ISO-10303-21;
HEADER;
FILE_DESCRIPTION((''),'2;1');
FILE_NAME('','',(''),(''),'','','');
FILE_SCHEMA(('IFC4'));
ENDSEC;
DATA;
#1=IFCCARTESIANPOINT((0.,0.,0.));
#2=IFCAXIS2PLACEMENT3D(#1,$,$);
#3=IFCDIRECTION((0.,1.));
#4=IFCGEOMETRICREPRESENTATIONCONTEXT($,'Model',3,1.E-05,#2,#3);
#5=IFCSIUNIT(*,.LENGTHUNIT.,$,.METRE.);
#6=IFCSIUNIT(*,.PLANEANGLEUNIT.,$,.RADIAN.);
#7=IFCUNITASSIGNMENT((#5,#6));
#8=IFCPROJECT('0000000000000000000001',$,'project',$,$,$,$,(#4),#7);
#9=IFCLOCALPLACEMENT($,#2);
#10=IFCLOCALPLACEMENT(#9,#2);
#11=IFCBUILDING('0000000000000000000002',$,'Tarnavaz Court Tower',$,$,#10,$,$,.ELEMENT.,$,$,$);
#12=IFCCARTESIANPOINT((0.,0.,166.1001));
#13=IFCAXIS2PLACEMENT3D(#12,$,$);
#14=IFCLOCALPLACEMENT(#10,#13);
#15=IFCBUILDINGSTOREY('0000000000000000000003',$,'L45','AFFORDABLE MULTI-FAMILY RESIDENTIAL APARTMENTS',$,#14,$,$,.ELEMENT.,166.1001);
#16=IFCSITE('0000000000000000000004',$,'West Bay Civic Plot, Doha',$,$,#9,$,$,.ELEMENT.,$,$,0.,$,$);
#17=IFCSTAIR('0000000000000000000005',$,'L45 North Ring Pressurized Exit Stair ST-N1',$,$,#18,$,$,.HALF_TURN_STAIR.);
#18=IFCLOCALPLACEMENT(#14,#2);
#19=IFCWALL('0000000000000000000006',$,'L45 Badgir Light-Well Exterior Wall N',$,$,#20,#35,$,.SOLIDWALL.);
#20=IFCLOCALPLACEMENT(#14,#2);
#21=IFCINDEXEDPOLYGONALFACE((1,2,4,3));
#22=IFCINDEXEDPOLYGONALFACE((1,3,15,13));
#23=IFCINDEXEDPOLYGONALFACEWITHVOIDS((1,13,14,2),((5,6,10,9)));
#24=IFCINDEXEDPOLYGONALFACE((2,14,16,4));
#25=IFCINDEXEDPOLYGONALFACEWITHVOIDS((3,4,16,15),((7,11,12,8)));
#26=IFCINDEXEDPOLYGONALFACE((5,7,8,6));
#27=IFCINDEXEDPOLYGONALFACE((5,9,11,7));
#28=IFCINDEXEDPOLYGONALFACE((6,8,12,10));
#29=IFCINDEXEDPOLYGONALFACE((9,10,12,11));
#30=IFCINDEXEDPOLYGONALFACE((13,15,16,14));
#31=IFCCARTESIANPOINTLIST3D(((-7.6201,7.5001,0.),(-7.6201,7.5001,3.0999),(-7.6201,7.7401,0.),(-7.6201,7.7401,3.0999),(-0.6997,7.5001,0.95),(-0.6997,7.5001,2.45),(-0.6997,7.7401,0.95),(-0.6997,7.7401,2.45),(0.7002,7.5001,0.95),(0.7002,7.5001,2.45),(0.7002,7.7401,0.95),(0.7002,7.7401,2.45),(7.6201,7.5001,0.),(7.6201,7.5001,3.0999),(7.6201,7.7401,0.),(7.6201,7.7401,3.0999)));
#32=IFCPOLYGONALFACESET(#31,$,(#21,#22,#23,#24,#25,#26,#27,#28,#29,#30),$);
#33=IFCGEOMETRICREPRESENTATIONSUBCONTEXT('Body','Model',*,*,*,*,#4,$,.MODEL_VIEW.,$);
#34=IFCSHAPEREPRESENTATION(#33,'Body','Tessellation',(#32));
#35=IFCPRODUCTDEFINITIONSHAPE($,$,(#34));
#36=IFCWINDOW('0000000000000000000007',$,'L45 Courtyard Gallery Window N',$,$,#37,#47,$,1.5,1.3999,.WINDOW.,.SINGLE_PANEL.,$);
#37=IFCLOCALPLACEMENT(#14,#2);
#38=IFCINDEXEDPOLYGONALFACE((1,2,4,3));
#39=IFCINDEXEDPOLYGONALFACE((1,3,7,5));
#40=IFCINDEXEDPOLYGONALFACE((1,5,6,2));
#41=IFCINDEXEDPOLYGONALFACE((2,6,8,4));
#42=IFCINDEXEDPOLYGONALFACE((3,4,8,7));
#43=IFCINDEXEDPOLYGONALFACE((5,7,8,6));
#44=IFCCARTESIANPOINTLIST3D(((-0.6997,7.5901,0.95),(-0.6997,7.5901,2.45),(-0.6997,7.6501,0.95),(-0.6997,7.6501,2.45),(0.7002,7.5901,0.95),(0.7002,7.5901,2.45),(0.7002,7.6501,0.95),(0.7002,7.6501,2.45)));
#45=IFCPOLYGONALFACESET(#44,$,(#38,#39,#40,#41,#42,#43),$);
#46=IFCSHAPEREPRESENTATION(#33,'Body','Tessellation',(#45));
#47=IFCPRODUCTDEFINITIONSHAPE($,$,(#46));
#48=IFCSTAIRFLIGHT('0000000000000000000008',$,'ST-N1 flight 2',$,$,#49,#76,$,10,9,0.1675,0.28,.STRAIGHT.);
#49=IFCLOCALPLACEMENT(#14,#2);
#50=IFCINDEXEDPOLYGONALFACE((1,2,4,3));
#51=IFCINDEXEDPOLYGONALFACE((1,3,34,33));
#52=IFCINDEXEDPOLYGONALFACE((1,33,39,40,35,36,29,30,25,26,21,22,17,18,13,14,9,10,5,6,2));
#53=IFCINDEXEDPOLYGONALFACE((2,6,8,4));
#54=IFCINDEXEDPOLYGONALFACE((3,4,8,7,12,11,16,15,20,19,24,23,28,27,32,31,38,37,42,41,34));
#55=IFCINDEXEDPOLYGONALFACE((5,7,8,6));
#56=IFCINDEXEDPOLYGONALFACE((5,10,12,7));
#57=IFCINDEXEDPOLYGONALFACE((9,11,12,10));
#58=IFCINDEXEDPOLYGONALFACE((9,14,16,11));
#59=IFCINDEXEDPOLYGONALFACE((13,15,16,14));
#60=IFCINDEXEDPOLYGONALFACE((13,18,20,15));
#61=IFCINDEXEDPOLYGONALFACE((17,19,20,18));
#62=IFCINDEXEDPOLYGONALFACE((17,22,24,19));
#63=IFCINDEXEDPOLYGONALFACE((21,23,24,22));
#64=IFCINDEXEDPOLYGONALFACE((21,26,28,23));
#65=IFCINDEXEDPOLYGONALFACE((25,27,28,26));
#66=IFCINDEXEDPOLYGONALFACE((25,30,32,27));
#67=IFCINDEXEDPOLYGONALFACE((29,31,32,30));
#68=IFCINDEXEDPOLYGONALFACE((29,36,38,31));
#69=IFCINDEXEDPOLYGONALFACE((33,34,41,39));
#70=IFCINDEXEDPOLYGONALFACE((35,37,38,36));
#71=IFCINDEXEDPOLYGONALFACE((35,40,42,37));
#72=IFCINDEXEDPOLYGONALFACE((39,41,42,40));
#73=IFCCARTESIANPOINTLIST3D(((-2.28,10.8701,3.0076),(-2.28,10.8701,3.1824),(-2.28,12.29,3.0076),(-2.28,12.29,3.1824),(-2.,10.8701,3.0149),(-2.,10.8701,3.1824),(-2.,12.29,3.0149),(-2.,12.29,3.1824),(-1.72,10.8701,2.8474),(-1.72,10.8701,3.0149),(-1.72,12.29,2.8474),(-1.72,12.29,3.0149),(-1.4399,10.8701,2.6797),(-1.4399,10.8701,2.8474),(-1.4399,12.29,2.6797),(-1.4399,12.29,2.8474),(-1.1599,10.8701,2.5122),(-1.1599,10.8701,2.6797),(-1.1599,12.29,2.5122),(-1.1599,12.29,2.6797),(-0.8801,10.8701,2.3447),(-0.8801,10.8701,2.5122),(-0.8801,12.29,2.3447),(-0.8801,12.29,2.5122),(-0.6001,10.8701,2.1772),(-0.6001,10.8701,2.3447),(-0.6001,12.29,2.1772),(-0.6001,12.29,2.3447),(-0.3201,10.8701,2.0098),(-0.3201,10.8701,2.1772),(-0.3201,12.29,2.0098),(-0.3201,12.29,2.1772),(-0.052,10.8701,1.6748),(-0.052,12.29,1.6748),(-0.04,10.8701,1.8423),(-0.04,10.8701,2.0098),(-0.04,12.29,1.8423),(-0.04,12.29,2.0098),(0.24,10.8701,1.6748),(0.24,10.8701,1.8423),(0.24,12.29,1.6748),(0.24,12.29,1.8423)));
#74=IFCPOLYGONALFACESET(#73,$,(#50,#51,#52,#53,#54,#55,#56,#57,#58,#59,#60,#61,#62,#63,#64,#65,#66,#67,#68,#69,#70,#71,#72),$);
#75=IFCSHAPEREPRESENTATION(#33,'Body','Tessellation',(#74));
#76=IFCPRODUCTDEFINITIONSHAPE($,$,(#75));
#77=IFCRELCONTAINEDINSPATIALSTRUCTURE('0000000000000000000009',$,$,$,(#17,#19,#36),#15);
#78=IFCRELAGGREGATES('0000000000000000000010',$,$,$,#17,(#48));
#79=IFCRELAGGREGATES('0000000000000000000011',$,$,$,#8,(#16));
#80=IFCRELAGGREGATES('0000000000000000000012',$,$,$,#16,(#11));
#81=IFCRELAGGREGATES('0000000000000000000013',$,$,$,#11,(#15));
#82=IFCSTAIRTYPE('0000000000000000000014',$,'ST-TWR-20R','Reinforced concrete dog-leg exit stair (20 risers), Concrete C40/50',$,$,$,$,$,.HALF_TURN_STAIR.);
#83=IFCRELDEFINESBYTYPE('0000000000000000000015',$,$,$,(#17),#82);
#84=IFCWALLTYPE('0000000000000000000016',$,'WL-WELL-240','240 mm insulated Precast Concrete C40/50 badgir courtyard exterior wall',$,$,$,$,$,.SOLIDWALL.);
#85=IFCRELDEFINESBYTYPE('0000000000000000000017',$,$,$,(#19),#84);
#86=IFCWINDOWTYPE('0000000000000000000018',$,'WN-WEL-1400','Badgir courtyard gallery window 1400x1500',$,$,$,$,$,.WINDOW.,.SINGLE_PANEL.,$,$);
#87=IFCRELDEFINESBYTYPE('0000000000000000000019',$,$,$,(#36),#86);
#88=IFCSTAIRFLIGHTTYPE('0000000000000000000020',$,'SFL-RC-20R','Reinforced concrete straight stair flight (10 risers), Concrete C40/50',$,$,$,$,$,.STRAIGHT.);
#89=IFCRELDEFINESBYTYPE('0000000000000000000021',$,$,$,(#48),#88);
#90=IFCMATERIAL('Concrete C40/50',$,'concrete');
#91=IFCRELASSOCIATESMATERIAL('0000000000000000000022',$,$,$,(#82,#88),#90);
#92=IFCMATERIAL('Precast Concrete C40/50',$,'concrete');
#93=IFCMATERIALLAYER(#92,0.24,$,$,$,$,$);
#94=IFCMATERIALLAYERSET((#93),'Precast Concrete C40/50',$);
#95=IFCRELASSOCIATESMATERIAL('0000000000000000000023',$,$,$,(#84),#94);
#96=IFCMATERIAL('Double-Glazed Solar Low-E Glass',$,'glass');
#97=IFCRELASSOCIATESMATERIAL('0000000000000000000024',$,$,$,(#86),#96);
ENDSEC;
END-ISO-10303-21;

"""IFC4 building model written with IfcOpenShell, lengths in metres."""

from ifc_helpers import new_model, si_unit, direction, frame, frame_2d, origin, place, context, subcontext, project, spatial, polyline, rectangle, outline, extrude, material, layer, layer_set, type_object, element, fill, aggregate, save


model = new_model("IFC4")

# Units and contexts
model_context = context("Model", 3, precision=1e-05, world=origin(), true_north=direction((0.0, 1.0)))
body_context = subcontext(model_context, "Body", "Model", "MODEL_VIEW")
ifc_project = project(units=[si_unit("LENGTHUNIT", "METRE"), si_unit("PLANEANGLEUNIT", "RADIAN")], contexts=[model_context])

# Site, building, storey
site_placement = place(None, origin())
site = spatial("IfcSite", under=ifc_project, at=site_placement, Name="West Bay Civic Plot, Doha", CompositionType="ELEMENT", RefElevation=0.0)
building_placement = place(site_placement, origin())
building = spatial("IfcBuilding", under=site, at=building_placement, Name="Tarnavaz Court Tower", CompositionType="ELEMENT")
storey_placement = place(building_placement, frame((0.0, 0.0, 166.1001)))
storey = spatial("IfcBuildingStorey", under=building, at=storey_placement, Name="L45", Description="AFFORDABLE MULTI-FAMILY RESIDENTIAL APARTMENTS", CompositionType="ELEMENT", Elevation=166.1001)

# Stair
ifc_material_1 = material(Name="Concrete C40/50", Category="concrete")
stair_type = type_object("IfcStairType", Name="ST-TWR-20R", Description="Reinforced concrete dog-leg exit stair (20 risers), Concrete C40/50", PredefinedType="HALF_TURN_STAIR", material=ifc_material_1)
stair_1_placement = place(storey_placement, origin())
stair_1 = element("IfcStair", 1, at=stair_1_placement, inside=storey, type_object=stair_type, Name="L45 North Ring Pressurized Exit Stair ST-N1", PredefinedType="HALF_TURN_STAIR")

# Wall, opening, window
ifc_material_2 = material(Name="Precast Concrete C40/50", Category="concrete")
ifc_layer_1 = layer(ifc_material_2, 0.24)
ifc_layer_set_1 = layer_set([ifc_layer_1], Name="Precast Concrete C40/50")
wall_type_1 = type_object("IfcWallType", Name="WL-WELL-240", Description="240 mm insulated Precast Concrete C40/50 badgir courtyard exterior wall", PredefinedType="SOLIDWALL", material=ifc_layer_set_1)
wall_1_placement = place(storey_placement, frame((7.6201, 7.6201, 0.0), z_axis=(0.0, 0.0, 1.0), x_axis=(-1.0, 0.0, 0.0)))
wall_1 = element("IfcWall", 2, at=wall_1_placement, inside=storey, type_object=wall_type_1, Name="L45 Badgir Light-Well Exterior Wall N", PredefinedType="SOLIDWALL", context=body_context, shape_type="SweptSolid", body=[
    extrude(rectangle(XDim=15.2402, YDim=0.24, at=frame_2d((7.6201, 0.0))), origin(), (0.0, 0.0, 1.0), 3.0999),
])
opening_1_placement = place(wall_1_placement, frame((6.9199, 0.0, 0.95)))
opening_1 = element("IfcOpeningElement", 3, at=opening_1_placement, cuts=wall_1, PredefinedType="OPENING", context=body_context, shape_type="SweptSolid", body=[
    extrude(rectangle(XDim=1.3999, YDim=1.5, at=frame_2d((0.7, 0.75))), frame((0.0, 0.1299, 0.0), z_axis=(0.0, -1.0, 0.0), x_axis=(1.0, 0.0, 0.0)), (0.0, 0.0, 1.0), 0.26),
])
ifc_material_3 = material(Name="Double-Glazed Solar Low-E Glass", Category="glass")
window_type = type_object("IfcWindowType", Name="WN-WEL-1400", Description="Badgir courtyard gallery window 1400x1500", PartitioningType="SINGLE_PANEL", PredefinedType="WINDOW", material=ifc_material_3)
window_placement = place(opening_1_placement, origin())
window = element("IfcWindow", 4, at=window_placement, inside=storey, type_object=window_type, Name="L45 Courtyard Gallery Window N", OverallHeight=1.5, OverallWidth=1.3999, PartitioningType="SINGLE_PANEL", PredefinedType="WINDOW", context=body_context, shape_type="SweptSolid", body=[
    extrude(rectangle(XDim=1.3999, YDim=1.5, at=frame_2d((0.7, 0.75))), frame((0.0, 0.03, 0.0), z_axis=(0.0, -1.0, 0.0), x_axis=(1.0, 0.0, 0.0)), (0.0, 0.0, 1.0), 0.0601),
])
fill(opening_1, window)

# Stair flight
stair_flight_type = type_object("IfcStairFlightType", Name="SFL-RC-20R", Description="Reinforced concrete straight stair flight (10 risers), Concrete C40/50", PredefinedType="STRAIGHT", material=ifc_material_1)
stair_flight_placement = place(storey_placement, frame((0.24, 11.5801, 1.6748), z_axis=(0.0, 0.0, 1.0), x_axis=(-1.0, 0.0, 0.0)))
stair_flight = element("IfcStairFlight", 5, at=stair_flight_placement, type_object=stair_flight_type, Name="ST-N1 flight 2", NumberOfRisers=10, NumberOfTreads=9, PredefinedType="STRAIGHT", RiserHeight=0.1675, TreadLength=0.28, context=body_context, shape_type="SweptSolid", body=[
    extrude(outline(polyline([(0.0, 0.0), (0.0, 0.1675), (0.28, 0.1675), (0.28, 0.335), (0.5601, 0.335), (0.5601, 0.5024), (0.8401, 0.5024), (0.8401, 0.6699), (1.1201, 0.6699), (1.1201, 0.8374), (1.3999, 0.8374), (1.3999, 1.0049), (1.6799, 1.0049), (1.6799, 1.1726), (1.96, 1.1726), (1.96, 1.3401), (2.24, 1.3401), (2.24, 1.5076), (2.52, 1.5076), (2.52, 1.675), (2.52, 1.3328), (0.292, 0.0), (0.0, 0.0)])), frame((0.0, 0.71, 0.0), z_axis=(0.0, -1.0, 0.0), x_axis=(1.0, 0.0, 0.0)), (0.0, 0.0, 1.0), 1.4199),
])
aggregate(stair_1, [stair_flight])

save(model, "model.ifc")
